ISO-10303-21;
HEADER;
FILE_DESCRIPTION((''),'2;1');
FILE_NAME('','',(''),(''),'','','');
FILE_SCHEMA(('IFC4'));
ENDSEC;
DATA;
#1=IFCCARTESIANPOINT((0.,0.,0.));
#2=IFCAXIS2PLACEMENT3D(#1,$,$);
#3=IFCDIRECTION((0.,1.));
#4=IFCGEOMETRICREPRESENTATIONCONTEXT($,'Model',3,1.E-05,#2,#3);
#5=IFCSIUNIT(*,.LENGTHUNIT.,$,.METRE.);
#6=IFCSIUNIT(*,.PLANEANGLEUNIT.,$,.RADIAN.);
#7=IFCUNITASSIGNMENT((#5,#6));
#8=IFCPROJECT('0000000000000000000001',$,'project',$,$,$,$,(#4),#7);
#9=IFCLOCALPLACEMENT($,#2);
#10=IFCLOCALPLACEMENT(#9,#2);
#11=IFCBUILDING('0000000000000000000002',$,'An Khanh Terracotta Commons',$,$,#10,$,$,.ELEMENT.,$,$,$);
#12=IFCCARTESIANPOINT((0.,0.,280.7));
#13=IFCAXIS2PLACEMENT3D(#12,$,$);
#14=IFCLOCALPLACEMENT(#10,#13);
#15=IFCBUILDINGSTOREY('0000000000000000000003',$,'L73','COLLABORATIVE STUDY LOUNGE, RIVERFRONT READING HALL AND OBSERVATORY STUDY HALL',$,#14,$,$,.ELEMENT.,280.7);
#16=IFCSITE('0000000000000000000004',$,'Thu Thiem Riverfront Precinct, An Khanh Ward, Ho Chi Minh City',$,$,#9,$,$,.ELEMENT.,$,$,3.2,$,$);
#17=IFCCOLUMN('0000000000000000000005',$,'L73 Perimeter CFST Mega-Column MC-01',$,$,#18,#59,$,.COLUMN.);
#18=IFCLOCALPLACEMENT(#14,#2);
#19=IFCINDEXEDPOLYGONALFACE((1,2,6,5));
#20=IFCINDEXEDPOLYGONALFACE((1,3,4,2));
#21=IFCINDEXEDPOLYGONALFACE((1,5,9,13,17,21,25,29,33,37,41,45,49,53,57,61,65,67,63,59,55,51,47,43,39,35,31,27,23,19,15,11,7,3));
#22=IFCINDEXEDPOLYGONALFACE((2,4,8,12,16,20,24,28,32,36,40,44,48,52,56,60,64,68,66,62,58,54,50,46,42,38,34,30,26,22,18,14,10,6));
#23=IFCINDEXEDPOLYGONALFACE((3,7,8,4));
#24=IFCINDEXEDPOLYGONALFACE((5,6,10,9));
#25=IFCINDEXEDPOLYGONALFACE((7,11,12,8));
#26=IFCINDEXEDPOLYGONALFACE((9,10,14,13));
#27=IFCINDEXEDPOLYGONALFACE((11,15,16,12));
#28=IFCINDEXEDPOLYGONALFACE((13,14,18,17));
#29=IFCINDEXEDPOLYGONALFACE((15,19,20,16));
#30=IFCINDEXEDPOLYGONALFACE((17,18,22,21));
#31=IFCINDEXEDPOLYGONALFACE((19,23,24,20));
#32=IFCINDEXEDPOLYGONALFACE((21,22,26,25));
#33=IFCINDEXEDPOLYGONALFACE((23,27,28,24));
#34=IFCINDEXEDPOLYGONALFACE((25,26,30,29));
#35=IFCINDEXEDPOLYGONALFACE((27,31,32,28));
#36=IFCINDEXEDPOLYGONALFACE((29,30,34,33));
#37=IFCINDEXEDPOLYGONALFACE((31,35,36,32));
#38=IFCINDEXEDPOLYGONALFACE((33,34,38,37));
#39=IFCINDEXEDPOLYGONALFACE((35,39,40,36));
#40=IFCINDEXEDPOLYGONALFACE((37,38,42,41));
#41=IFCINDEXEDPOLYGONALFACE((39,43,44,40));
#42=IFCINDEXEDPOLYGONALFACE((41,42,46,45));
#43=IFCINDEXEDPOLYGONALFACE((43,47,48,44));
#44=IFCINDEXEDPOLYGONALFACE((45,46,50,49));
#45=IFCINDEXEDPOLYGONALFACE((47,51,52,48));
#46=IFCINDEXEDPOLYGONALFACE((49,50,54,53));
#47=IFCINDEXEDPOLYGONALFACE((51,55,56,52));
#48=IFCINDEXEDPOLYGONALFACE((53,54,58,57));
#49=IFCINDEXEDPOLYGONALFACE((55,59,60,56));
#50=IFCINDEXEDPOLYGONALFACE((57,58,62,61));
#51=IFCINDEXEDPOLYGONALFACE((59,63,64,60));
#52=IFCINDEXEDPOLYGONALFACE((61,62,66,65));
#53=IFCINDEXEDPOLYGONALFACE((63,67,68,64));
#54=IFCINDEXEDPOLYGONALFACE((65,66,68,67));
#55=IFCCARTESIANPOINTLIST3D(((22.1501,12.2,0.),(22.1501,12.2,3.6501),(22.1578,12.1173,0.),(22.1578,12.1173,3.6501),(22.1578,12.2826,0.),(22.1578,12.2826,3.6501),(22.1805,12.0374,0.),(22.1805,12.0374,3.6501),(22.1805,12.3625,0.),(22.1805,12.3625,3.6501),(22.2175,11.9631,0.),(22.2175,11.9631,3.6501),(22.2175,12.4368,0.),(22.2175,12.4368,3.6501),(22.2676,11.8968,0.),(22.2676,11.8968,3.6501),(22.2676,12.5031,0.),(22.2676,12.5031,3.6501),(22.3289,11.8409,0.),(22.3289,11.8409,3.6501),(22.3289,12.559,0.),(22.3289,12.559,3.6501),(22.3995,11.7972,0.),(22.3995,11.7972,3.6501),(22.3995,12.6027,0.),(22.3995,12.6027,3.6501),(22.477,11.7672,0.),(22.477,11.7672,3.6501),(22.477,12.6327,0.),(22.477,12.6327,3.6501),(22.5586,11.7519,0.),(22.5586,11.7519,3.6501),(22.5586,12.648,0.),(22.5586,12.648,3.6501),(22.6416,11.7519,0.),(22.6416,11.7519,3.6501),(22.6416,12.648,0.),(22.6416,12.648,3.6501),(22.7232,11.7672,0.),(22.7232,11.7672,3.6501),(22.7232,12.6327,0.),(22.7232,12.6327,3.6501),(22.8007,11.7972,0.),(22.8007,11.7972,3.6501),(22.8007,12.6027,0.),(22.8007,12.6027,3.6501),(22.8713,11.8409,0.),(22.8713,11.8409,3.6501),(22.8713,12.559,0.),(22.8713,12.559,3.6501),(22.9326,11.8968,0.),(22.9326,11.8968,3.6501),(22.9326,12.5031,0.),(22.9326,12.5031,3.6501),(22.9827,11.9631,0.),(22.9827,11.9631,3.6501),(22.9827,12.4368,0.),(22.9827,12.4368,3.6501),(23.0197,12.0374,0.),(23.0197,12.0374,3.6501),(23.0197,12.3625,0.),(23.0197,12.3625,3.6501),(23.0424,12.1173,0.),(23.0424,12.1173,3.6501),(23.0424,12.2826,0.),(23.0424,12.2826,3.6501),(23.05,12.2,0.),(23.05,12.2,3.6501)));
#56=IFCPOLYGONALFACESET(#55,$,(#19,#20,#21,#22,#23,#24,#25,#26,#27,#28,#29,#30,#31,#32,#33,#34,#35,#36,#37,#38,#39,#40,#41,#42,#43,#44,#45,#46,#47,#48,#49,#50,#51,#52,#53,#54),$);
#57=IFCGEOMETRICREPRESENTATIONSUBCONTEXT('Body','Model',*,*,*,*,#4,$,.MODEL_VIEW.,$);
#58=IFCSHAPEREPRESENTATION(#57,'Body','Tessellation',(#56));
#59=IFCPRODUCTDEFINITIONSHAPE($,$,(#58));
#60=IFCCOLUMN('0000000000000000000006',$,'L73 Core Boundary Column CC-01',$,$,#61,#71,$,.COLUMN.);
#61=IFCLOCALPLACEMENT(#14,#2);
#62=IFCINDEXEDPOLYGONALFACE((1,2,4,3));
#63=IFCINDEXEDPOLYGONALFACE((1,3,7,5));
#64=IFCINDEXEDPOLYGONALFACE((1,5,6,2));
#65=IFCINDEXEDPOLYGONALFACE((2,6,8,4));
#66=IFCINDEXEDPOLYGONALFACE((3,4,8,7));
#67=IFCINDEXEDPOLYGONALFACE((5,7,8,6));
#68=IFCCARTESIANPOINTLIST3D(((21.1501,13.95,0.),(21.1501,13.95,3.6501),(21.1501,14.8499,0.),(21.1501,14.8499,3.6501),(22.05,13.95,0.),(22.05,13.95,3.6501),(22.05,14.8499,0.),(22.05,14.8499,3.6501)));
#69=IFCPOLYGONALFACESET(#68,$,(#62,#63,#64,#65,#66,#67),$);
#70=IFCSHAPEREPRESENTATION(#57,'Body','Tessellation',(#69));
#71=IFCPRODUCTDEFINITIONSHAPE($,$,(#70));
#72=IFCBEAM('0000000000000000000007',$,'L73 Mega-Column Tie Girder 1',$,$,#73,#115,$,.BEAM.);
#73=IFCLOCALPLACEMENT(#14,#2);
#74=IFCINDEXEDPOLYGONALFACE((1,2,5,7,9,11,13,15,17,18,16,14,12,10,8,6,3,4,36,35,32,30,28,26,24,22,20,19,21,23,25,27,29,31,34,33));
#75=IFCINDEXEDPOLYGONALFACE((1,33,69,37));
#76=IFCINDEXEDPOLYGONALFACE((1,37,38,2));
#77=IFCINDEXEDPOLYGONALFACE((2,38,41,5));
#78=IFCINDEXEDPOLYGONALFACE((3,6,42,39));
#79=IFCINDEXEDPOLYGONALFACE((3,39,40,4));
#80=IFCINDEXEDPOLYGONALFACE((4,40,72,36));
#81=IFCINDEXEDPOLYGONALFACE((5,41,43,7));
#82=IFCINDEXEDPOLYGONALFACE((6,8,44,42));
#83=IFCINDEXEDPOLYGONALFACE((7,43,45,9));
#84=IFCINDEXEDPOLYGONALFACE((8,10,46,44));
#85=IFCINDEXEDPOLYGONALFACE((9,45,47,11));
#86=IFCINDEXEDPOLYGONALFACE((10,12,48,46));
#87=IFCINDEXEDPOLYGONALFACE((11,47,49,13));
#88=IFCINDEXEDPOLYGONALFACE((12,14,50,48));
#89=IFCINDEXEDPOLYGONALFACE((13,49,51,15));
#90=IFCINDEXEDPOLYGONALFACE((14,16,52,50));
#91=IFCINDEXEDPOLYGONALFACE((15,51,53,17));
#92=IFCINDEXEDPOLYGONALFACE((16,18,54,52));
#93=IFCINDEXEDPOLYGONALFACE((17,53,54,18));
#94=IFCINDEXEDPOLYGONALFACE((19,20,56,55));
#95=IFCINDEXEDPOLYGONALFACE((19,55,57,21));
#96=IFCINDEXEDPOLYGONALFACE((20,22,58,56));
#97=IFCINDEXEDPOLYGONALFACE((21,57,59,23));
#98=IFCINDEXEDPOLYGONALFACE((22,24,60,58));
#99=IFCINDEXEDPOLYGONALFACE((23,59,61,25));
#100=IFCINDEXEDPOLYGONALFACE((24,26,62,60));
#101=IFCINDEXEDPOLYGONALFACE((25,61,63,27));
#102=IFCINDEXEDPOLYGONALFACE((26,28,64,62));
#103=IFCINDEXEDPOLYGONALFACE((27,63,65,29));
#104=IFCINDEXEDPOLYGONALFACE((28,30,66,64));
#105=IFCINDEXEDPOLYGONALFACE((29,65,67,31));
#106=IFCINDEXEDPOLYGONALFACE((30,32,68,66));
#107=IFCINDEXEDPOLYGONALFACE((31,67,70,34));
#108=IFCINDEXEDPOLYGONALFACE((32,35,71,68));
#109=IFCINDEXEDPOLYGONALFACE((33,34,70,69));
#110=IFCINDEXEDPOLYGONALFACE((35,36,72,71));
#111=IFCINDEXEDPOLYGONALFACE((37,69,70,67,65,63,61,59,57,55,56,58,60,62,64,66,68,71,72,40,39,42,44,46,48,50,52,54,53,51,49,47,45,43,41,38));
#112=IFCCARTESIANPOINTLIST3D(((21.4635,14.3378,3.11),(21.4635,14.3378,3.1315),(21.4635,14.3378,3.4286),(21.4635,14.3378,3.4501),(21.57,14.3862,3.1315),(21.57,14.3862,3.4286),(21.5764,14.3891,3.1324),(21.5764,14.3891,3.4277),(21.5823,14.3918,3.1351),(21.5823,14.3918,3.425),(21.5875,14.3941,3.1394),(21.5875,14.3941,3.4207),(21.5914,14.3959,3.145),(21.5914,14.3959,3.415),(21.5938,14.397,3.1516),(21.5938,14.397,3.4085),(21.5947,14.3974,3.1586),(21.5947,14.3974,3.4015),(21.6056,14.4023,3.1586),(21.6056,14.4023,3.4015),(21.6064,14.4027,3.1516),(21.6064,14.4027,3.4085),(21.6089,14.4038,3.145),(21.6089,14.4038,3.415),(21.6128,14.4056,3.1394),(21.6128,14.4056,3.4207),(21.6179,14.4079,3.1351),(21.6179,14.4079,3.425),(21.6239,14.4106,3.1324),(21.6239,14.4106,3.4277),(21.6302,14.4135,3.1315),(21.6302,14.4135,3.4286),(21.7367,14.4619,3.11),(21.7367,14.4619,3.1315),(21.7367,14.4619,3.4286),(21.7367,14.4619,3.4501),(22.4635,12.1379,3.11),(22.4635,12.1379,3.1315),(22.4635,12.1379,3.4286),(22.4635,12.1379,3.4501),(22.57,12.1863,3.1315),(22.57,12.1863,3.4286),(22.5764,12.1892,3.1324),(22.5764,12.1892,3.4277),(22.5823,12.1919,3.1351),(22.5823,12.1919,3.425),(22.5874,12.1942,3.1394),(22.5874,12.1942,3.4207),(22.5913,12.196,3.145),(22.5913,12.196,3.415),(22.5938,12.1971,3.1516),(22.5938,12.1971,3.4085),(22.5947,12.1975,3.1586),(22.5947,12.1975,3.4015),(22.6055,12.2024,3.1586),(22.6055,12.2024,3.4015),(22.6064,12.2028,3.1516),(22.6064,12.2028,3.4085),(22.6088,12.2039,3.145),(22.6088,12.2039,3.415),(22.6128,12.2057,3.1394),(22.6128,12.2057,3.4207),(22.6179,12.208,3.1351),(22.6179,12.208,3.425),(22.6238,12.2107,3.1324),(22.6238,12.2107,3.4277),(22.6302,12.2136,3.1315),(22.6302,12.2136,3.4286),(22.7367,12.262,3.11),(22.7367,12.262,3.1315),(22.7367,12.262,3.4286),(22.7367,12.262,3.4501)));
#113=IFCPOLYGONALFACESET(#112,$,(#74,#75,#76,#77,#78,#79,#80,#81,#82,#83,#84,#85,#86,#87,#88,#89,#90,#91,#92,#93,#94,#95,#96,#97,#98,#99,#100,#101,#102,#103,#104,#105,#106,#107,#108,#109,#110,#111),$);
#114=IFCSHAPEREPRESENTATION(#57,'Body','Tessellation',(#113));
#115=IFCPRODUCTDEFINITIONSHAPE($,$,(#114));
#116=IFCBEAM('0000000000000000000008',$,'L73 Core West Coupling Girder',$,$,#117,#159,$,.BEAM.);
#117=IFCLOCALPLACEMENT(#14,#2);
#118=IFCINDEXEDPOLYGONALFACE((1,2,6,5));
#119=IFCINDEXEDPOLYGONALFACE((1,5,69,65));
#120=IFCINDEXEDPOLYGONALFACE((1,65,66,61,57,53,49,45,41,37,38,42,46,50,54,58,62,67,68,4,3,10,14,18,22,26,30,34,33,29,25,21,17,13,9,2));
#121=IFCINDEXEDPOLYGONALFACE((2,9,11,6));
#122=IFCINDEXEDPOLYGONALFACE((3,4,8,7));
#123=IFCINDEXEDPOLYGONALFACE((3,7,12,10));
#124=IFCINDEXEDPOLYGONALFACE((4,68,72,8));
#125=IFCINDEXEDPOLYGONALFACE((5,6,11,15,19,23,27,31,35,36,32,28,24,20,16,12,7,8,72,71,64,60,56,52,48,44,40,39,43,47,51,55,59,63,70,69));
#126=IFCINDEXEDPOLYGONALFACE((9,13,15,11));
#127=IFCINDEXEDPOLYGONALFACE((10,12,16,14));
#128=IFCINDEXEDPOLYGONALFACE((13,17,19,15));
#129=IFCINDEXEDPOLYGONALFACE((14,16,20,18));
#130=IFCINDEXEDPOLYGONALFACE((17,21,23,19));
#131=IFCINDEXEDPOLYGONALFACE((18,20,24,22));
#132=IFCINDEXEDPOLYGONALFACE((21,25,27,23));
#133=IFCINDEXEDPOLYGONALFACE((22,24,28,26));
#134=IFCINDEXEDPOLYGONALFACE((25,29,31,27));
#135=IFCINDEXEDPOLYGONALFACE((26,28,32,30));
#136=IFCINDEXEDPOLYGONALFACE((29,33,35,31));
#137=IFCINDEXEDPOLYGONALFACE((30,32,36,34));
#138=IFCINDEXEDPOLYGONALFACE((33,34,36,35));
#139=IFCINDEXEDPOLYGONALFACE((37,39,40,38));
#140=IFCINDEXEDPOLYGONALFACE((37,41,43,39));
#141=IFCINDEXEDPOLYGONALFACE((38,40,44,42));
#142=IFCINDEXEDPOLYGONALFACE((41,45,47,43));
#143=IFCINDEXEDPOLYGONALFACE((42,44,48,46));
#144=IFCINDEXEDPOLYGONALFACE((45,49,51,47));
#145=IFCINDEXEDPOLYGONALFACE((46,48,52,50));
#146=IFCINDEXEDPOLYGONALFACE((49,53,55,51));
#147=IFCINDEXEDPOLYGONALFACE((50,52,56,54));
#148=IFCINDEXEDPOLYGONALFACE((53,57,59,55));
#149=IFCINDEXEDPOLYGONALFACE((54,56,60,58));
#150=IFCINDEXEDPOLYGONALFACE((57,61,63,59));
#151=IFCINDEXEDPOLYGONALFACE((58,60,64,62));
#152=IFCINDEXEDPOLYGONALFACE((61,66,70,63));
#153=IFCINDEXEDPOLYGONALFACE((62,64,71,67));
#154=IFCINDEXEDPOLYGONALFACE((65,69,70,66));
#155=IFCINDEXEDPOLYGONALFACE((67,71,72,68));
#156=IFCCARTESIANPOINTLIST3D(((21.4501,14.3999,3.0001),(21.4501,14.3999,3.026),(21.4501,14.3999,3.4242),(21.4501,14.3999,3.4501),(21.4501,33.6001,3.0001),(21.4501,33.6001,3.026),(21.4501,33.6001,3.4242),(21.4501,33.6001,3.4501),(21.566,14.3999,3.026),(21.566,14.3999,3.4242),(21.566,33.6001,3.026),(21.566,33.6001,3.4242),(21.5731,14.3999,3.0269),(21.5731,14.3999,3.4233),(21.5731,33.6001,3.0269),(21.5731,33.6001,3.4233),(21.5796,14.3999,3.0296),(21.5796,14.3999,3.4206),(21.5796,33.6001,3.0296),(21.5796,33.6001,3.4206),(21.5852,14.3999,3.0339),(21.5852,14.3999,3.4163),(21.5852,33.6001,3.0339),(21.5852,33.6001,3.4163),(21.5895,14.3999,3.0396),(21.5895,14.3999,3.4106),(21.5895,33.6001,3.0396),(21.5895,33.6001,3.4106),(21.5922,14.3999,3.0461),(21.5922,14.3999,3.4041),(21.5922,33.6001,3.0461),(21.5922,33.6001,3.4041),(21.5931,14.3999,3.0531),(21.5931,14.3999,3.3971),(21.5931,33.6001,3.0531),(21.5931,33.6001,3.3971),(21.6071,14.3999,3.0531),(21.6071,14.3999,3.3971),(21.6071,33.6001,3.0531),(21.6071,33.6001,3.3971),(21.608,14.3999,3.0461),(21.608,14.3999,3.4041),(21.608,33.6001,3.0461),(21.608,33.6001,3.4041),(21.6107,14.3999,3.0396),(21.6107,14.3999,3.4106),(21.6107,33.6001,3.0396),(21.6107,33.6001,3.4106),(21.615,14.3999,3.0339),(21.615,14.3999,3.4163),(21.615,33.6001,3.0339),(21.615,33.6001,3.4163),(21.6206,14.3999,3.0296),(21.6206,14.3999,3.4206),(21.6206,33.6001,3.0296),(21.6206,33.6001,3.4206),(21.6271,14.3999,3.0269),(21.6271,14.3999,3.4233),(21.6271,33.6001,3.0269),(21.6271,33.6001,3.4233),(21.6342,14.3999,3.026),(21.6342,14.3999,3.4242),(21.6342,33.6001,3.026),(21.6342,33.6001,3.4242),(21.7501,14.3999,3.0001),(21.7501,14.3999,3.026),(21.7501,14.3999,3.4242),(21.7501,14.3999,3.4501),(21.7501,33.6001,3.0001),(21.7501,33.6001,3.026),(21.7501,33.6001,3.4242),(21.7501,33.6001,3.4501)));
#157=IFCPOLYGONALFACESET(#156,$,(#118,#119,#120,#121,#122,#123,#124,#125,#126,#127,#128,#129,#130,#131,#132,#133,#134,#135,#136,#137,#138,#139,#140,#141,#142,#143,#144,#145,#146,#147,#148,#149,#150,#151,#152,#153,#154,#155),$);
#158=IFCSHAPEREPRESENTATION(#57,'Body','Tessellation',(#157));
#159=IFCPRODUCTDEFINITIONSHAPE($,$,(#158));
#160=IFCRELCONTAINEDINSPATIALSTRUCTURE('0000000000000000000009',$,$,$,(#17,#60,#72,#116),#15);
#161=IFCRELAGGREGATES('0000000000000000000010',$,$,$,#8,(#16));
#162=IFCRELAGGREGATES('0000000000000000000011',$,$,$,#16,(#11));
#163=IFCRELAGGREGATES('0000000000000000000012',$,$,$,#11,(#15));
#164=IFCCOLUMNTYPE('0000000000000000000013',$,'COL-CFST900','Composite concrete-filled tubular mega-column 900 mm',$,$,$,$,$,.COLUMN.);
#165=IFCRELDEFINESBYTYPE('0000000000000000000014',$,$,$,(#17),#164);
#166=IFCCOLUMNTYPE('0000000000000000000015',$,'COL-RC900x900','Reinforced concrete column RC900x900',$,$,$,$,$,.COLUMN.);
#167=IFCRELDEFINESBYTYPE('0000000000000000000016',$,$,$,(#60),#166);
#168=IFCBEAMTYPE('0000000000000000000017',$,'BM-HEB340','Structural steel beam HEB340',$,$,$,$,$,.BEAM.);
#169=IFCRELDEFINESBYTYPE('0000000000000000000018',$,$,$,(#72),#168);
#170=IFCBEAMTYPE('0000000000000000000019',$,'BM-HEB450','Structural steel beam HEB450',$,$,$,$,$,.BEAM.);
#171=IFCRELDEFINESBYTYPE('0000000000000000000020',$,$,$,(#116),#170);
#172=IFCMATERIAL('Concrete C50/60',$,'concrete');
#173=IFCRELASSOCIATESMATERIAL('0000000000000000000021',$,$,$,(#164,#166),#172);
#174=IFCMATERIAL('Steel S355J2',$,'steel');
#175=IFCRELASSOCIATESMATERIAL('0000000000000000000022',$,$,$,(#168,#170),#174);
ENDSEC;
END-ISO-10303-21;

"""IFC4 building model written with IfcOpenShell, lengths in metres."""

from ifc_helpers import new_model, si_unit, direction, frame, origin, origin_2d, place, context, subcontext, project, spatial, rectangle, circle, i_section, extrude, material, material_profile, profile_set, type_object, element, save


model = new_model("IFC4")

# Units and contexts
model_context = context("Model", 3, precision=1e-05, world=origin(), true_north=direction((0.0, 1.0)))
body_context = subcontext(model_context, "Body", "Model", "MODEL_VIEW")
ifc_project = project(units=[si_unit("LENGTHUNIT", "METRE"), si_unit("PLANEANGLEUNIT", "RADIAN")], contexts=[model_context])

# Site, building, storey
site_placement = place(None, origin())
site = spatial("IfcSite", under=ifc_project, at=site_placement, Name="Thu Thiem Riverfront Precinct, An Khanh Ward, Ho Chi Minh City", CompositionType="ELEMENT", RefElevation=3.2)
building_placement = place(site_placement, origin())
building = spatial("IfcBuilding", under=site, at=building_placement, Name="An Khanh Terracotta Commons", CompositionType="ELEMENT")
storey_placement = place(building_placement, frame((0.0, 0.0, 280.7)))
storey = spatial("IfcBuildingStorey", under=building, at=storey_placement, Name="L73", Description="COLLABORATIVE STUDY LOUNGE, RIVERFRONT READING HALL AND OBSERVATORY STUDY HALL", CompositionType="ELEMENT", Elevation=280.7)

# Columns
ifc_material_1 = material(Name="Concrete C50/60", Category="concrete")
ifc_material_profile_1 = material_profile(ifc_material_1, circle(Radius=0.45, at=origin_2d()), Name="CFST900")
ifc_profile_set_1 = profile_set([ifc_material_profile_1], Name="Concrete C50/60")
column_type_1 = type_object("IfcColumnType", Name="COL-CFST900", Description="Composite concrete-filled tubular mega-column 900 mm", PredefinedType="COLUMN", material=ifc_profile_set_1)
column_1_placement = place(storey_placement, frame((22.6001, 12.2, 0.0), z_axis=(0.0, 0.0, 1.0), x_axis=(1.0, 0.0, 0.0)))
element("IfcColumn", 1, at=column_1_placement, inside=storey, type_object=column_type_1, Name="L73 Perimeter CFST Mega-Column MC-01", PredefinedType="COLUMN", context=body_context, shape_type="SweptSolid", body=[
    extrude(circle(Radius=0.45, at=origin_2d()), origin(), (0.0, 0.0, 1.0), 3.6501),
])
ifc_material_profile_2 = material_profile(ifc_material_1, rectangle(XDim=0.8999, YDim=0.8999, at=origin_2d()), Name="RC900x900")
ifc_profile_set_2 = profile_set([ifc_material_profile_2], Name="Concrete C50/60")
column_type_2 = type_object("IfcColumnType", Name="COL-RC900x900", Description="Reinforced concrete column RC900x900", PredefinedType="COLUMN", material=ifc_profile_set_2)
column_2_placement = place(storey_placement, frame((21.6001, 14.3999, 0.0), z_axis=(0.0, 0.0, 1.0), x_axis=(1.0, 0.0, 0.0)))
element("IfcColumn", 2, at=column_2_placement, inside=storey, type_object=column_type_2, Name="L73 Core Boundary Column CC-01", PredefinedType="COLUMN", context=body_context, shape_type="SweptSolid", body=[
    extrude(rectangle(XDim=0.8999, YDim=0.8999, at=origin_2d()), origin(), (0.0, 0.0, 1.0), 3.6501),
])

# Beams
ifc_material_2 = material(Name="Steel S355J2", Category="steel")
ifc_material_profile_3 = material_profile(ifc_material_2, i_section(OverallWidth=0.3, OverallDepth=0.3401, WebThickness=0.012, FlangeThickness=0.0215, FilletRadius=0.0271, at=origin_2d()), Name="HEB340")
ifc_profile_set_3 = profile_set([ifc_material_profile_3], Name="Steel S355J2")
beam_type_1 = type_object("IfcBeamType", Name="BM-HEB340", Description="Structural steel beam HEB340", PredefinedType="BEAM", material=ifc_profile_set_3)
beam_1_placement = place(storey_placement, frame((22.6001, 12.2, 3.28), z_axis=(-0.413811, 0.910363, 0.0), x_axis=(-0.910363, -0.413811, 0.0)))
element("IfcBeam", 3, at=beam_1_placement, inside=storey, type_object=beam_type_1, Name="L73 Mega-Column Tie Girder 1", PredefinedType="BEAM", context=body_context, shape_type="SweptSolid", body=[
    extrude(i_section(OverallWidth=0.3, OverallDepth=0.3401, WebThickness=0.012, FlangeThickness=0.0215, FilletRadius=0.0271, at=origin_2d()), origin(), (0.0, 0.0, 1.0), 2.4165),
])
ifc_material_profile_4 = material_profile(ifc_material_2, i_section(OverallWidth=0.3, OverallDepth=0.45, WebThickness=0.0139, FlangeThickness=0.0259, FilletRadius=0.0271, at=origin_2d()), Name="HEB450")
ifc_profile_set_4 = profile_set([ifc_material_profile_4], Name="Steel S355J2")
beam_type_2 = type_object("IfcBeamType", Name="BM-HEB450", Description="Structural steel beam HEB450", PredefinedType="BEAM", material=ifc_profile_set_4)
beam_2_placement = place(storey_placement, frame((21.6001, 14.3999, 3.2251), z_axis=(0.0, 1.0, 0.0), x_axis=(-1.0, 0.0, 0.0)))
element("IfcBeam", 4, at=beam_2_placement, inside=storey, type_object=beam_type_2, Name="L73 Core West Coupling Girder", PredefinedType="BEAM", context=body_context, shape_type="SweptSolid", body=[
    extrude(i_section(OverallWidth=0.3, OverallDepth=0.45, WebThickness=0.0139, FlangeThickness=0.0259, FilletRadius=0.0271, at=origin_2d()), origin(), (0.0, 0.0, 1.0), 19.2002),
])

save(model, "model.ifc")
